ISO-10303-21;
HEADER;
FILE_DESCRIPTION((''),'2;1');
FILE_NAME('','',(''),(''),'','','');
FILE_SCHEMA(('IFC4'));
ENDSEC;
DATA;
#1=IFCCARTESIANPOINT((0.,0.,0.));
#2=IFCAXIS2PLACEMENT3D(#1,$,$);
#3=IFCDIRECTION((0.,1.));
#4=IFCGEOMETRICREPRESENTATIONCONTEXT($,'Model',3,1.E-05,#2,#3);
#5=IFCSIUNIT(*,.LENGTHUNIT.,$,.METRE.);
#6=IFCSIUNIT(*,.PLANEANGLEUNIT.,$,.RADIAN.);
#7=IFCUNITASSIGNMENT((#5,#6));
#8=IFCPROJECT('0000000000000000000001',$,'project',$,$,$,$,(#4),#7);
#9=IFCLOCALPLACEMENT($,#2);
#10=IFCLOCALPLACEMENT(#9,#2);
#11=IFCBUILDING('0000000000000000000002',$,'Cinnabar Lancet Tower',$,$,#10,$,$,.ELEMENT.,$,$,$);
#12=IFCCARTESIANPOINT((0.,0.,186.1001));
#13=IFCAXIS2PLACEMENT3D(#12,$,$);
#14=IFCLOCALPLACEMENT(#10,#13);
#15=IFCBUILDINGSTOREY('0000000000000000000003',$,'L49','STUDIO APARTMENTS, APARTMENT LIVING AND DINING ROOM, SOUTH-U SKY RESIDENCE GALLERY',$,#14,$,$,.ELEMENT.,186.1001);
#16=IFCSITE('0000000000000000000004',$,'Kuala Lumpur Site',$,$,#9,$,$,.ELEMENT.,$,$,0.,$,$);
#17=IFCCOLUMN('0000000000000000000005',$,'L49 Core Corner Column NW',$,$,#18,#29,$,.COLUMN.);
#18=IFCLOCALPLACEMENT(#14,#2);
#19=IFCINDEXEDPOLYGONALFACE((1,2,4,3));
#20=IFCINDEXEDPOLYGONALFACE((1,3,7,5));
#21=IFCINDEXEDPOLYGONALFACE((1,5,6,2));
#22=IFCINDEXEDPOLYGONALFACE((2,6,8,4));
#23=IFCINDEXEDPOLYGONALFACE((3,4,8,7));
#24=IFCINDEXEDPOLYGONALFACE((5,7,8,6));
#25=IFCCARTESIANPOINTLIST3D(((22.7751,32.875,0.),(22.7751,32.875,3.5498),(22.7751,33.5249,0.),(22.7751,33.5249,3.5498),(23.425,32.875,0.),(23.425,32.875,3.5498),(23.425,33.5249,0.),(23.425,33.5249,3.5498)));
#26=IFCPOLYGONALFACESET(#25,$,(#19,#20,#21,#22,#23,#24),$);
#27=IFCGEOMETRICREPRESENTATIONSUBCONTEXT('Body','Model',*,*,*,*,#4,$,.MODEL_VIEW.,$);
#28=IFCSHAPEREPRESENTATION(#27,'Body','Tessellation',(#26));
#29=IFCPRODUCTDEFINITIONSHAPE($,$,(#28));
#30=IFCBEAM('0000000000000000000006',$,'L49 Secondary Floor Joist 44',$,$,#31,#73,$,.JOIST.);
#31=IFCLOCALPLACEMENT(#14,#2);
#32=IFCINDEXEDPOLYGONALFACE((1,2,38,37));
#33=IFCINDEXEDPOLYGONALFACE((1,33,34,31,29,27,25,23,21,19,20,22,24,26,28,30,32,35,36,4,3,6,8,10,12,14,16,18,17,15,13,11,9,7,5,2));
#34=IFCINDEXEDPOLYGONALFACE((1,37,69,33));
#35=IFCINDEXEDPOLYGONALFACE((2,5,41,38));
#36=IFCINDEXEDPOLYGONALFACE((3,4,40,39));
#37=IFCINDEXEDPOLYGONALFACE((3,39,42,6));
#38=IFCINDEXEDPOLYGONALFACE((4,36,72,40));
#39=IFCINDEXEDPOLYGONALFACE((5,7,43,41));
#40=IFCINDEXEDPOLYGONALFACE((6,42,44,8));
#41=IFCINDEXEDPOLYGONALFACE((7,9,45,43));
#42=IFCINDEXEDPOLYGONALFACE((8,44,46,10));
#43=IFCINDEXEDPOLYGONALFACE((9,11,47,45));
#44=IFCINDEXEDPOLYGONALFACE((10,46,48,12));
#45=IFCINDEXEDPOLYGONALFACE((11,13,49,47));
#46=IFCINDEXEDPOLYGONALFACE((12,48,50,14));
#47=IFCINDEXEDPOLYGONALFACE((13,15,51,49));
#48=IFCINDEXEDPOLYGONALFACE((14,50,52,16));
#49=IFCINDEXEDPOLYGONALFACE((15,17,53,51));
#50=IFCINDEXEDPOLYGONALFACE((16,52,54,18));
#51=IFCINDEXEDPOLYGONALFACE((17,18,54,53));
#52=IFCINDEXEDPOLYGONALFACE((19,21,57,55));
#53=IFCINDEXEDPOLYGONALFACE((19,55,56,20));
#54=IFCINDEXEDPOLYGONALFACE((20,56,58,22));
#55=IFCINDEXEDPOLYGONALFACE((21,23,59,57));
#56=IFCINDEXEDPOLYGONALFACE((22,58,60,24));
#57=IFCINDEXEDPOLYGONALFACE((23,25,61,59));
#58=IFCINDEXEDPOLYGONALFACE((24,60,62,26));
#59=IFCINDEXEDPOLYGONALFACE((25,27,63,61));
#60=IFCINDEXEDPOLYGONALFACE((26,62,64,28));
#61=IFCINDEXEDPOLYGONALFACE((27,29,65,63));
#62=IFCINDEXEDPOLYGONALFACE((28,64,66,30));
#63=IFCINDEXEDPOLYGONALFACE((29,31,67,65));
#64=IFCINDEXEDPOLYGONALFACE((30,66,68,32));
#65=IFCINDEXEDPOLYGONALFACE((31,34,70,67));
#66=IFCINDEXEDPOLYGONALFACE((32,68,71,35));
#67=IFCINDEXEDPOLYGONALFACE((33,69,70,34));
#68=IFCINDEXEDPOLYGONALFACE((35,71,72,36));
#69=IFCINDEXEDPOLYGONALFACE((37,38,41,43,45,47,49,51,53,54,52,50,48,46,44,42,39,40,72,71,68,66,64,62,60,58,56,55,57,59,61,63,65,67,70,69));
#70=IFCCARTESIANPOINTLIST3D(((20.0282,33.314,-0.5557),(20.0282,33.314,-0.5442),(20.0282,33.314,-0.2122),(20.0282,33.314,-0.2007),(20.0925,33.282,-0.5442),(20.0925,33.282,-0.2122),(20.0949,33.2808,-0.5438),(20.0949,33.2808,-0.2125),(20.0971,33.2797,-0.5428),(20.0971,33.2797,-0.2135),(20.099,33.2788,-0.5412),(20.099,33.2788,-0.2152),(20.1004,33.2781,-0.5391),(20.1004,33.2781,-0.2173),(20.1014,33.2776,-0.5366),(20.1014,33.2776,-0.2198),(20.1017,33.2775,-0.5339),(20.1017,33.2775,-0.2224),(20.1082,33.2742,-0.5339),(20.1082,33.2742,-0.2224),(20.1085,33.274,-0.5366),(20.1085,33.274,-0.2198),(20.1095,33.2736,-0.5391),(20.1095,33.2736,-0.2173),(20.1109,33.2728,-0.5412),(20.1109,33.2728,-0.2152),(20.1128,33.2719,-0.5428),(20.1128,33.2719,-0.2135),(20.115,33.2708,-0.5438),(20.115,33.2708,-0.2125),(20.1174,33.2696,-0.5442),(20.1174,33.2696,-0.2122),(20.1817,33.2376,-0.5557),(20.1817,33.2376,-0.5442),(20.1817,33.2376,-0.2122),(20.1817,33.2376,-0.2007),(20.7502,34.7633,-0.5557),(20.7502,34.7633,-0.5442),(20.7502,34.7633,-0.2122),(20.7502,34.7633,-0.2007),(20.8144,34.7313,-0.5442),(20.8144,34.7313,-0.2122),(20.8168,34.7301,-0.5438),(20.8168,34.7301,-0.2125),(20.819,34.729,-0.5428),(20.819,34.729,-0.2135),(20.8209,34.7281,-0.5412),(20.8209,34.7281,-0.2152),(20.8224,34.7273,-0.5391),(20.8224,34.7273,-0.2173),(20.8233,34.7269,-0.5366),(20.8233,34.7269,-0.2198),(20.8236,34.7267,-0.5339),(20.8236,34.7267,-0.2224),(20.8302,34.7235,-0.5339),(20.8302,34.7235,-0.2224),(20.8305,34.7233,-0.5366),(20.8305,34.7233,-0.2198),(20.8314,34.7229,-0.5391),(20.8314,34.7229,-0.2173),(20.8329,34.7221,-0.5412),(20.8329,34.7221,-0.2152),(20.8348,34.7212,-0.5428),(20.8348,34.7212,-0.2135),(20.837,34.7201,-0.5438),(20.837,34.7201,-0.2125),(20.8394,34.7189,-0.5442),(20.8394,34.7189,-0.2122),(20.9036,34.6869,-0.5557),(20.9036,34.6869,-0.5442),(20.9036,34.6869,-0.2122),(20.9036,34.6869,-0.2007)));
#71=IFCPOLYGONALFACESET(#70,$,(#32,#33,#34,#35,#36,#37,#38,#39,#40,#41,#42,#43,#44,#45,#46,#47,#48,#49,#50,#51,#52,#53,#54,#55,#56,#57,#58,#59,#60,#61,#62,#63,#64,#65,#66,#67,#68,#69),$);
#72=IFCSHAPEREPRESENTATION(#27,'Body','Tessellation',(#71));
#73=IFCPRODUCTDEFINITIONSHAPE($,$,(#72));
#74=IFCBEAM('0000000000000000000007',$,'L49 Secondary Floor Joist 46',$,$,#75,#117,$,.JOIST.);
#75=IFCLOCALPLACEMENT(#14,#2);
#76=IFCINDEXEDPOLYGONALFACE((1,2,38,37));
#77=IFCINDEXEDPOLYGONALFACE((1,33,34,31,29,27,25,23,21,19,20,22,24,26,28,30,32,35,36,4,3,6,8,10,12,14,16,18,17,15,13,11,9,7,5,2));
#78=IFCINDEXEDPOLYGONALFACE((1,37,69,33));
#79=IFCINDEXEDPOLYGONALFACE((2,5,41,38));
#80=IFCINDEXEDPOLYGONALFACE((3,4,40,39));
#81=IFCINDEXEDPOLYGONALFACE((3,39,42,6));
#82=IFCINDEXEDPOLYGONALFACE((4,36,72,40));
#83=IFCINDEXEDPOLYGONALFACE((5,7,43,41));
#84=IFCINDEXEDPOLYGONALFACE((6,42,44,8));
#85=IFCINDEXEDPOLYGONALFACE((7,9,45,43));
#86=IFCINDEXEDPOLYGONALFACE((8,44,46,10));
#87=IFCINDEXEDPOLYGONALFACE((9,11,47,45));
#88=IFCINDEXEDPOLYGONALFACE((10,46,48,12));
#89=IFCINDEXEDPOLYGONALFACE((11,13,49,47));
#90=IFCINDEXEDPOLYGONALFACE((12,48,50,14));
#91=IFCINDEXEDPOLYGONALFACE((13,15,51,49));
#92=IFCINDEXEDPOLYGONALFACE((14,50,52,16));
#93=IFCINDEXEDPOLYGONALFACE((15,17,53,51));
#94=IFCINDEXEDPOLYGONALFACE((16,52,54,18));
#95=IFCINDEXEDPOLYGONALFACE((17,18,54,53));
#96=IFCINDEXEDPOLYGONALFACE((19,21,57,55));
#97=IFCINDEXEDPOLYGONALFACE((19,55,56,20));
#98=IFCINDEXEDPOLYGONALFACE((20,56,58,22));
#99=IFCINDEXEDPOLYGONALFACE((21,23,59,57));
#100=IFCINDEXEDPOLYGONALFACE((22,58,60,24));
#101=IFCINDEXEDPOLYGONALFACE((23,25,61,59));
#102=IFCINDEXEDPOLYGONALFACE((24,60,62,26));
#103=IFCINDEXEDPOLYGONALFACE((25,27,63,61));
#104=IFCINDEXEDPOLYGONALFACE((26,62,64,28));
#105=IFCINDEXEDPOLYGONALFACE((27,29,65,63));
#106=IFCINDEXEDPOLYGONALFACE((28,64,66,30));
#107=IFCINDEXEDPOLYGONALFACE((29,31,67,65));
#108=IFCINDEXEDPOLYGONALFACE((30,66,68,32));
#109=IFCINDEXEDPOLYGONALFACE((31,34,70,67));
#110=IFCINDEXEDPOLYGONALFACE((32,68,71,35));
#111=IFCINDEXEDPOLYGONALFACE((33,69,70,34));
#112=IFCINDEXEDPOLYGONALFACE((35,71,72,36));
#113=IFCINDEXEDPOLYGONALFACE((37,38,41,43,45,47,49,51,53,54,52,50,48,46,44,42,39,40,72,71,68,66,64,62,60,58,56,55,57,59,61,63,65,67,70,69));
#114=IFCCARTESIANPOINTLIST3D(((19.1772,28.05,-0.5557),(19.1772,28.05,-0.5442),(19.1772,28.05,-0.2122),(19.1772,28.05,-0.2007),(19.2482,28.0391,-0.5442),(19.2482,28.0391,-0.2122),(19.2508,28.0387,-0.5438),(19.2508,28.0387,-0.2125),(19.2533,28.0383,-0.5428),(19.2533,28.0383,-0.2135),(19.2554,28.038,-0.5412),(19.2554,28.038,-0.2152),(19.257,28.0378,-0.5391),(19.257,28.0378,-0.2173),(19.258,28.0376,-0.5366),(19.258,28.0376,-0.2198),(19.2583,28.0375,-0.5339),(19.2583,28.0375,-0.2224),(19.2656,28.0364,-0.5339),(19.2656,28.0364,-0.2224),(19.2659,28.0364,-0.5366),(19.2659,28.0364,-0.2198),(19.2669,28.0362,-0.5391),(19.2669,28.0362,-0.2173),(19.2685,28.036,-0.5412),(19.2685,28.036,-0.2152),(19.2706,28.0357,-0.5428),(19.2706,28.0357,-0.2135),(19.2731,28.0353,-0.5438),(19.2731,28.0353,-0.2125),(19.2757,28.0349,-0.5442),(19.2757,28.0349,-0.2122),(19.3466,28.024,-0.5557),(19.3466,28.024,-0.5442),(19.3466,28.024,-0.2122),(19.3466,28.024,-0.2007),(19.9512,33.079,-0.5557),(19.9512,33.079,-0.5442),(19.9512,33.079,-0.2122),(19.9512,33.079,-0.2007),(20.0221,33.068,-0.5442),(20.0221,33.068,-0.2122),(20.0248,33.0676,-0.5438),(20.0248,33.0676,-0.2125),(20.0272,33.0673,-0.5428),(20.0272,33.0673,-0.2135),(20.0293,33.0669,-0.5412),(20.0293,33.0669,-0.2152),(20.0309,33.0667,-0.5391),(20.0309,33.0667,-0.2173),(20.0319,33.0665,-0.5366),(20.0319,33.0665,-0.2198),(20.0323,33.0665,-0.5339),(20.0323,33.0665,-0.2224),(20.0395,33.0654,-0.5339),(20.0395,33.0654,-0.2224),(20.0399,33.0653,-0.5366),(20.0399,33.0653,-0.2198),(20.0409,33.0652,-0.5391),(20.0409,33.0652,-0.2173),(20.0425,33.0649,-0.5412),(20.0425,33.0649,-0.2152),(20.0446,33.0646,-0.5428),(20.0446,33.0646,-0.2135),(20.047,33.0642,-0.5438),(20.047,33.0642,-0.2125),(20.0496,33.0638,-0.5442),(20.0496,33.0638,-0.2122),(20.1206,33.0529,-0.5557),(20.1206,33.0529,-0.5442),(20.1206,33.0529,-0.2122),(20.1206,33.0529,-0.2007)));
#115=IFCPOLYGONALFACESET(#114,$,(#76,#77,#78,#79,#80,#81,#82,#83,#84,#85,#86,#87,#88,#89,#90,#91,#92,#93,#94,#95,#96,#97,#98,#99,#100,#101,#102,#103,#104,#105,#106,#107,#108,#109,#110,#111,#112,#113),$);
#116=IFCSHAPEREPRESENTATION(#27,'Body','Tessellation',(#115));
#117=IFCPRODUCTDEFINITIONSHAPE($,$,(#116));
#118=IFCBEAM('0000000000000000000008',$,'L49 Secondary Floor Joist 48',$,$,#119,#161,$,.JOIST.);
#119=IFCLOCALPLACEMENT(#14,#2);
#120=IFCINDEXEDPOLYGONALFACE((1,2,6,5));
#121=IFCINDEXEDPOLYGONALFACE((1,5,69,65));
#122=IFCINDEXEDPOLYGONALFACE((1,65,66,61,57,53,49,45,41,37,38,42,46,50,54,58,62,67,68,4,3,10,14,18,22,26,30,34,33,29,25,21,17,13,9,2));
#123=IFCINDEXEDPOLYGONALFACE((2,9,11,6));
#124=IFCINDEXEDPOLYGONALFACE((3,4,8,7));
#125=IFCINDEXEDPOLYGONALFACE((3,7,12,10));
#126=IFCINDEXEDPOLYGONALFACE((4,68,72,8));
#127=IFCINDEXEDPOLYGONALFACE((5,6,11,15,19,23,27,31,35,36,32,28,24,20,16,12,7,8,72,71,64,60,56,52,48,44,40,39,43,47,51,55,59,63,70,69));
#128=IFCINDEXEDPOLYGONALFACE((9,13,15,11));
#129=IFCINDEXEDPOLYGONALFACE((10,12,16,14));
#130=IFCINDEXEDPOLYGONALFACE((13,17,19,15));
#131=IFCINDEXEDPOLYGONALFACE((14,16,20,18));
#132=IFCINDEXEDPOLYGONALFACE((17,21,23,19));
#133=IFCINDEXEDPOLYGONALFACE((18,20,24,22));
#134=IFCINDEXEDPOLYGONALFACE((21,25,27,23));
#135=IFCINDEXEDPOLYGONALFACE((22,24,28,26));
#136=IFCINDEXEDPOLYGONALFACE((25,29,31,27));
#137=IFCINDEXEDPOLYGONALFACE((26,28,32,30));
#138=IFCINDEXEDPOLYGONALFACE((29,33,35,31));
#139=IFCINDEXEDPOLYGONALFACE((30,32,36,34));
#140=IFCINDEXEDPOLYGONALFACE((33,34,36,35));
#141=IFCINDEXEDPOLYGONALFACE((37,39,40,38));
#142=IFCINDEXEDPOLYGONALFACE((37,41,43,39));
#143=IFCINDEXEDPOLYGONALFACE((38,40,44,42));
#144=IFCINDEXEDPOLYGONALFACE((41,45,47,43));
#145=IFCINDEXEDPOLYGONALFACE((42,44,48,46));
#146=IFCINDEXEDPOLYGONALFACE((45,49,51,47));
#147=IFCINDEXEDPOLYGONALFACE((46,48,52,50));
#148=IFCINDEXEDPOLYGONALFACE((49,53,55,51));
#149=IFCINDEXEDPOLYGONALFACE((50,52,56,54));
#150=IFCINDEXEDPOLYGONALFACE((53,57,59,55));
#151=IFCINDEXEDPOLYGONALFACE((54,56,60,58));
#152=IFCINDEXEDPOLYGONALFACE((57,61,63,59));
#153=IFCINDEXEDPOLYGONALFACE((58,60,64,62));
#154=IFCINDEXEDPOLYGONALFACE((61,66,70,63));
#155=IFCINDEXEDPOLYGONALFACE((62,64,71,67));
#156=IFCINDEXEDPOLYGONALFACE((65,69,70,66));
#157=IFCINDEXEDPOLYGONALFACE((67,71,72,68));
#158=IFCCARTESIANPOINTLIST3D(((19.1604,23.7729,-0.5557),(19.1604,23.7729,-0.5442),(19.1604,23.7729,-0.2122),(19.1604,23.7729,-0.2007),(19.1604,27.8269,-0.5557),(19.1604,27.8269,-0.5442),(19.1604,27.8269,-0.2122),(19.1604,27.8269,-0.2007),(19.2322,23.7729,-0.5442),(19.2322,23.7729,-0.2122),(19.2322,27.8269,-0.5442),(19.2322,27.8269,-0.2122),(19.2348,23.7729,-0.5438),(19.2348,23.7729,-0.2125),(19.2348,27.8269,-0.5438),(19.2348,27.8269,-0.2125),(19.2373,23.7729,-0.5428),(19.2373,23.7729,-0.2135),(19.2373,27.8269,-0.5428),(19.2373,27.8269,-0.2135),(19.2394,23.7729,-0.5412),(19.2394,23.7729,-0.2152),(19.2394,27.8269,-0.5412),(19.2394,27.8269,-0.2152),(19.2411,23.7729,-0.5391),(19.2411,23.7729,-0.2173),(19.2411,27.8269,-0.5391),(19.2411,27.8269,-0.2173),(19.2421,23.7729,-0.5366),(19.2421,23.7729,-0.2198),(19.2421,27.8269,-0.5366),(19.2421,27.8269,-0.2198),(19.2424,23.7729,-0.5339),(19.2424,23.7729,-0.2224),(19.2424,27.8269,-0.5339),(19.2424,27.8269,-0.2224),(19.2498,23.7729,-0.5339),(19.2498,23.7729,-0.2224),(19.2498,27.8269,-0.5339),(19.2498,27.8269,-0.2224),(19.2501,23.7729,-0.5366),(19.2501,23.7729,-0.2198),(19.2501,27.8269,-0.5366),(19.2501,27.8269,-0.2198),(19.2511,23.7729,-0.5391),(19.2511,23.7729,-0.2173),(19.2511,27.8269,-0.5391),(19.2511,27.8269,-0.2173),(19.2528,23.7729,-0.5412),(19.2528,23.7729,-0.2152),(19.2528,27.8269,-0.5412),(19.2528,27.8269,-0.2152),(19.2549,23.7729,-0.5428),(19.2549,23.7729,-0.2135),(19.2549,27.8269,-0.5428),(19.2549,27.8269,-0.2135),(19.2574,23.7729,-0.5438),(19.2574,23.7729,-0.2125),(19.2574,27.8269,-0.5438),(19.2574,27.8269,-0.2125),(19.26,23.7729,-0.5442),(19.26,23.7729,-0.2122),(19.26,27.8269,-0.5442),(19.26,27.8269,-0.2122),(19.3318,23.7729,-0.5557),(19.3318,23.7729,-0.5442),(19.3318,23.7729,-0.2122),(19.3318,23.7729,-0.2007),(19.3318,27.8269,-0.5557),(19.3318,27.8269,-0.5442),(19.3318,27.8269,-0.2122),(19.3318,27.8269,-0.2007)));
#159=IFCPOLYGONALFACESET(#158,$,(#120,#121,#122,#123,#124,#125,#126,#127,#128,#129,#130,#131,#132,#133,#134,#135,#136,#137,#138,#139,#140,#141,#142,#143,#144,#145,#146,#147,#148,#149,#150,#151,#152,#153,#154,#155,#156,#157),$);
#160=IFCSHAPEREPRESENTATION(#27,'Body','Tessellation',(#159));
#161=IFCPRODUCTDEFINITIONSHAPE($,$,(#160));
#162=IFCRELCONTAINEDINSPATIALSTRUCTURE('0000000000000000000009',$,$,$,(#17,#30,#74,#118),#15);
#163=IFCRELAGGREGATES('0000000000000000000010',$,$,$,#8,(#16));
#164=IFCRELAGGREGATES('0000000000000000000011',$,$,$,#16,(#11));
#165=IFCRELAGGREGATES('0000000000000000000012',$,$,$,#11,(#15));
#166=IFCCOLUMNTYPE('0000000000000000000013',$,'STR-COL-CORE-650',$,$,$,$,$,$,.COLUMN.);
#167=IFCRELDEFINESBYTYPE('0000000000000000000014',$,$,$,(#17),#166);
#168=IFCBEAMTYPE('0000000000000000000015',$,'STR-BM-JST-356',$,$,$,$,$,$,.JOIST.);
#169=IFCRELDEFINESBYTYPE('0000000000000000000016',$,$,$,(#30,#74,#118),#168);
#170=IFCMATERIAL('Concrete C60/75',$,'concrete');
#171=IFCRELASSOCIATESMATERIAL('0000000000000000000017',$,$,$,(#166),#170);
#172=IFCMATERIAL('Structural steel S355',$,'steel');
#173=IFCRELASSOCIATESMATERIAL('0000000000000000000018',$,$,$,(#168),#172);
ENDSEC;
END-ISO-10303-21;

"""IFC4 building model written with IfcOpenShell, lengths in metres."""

from ifc_helpers import new_model, si_unit, direction, frame, origin, origin_2d, place, context, subcontext, project, spatial, rectangle, i_section, extrude, material, material_profile, profile_set, type_object, element, save


model = new_model("IFC4")

# Units and contexts
model_context = context("Model", 3, precision=1e-05, world=origin(), true_north=direction((0.0, 1.0)))
body_context = subcontext(model_context, "Body", "Model", "MODEL_VIEW")
ifc_project = project(units=[si_unit("LENGTHUNIT", "METRE"), si_unit("PLANEANGLEUNIT", "RADIAN")], contexts=[model_context])

# Site, building, storey
site_placement = place(None, origin())
site = spatial("IfcSite", under=ifc_project, at=site_placement, Name="Kuala Lumpur Site", CompositionType="ELEMENT", RefElevation=0.0)
building_placement = place(site_placement, origin())
building = spatial("IfcBuilding", under=site, at=building_placement, Name="Cinnabar Lancet Tower", CompositionType="ELEMENT")
storey_placement = place(building_placement, frame((0.0, 0.0, 186.1001)))
storey = spatial("IfcBuildingStorey", under=building, at=storey_placement, Name="L49", Description="STUDIO APARTMENTS, APARTMENT LIVING AND DINING ROOM, SOUTH-U SKY RESIDENCE GALLERY", CompositionType="ELEMENT", Elevation=186.1001)

# Column
ifc_material_1 = material(Name="Concrete C60/75", Category="concrete")
ifc_material_profile_1 = material_profile(ifc_material_1, rectangle(XDim=0.6499, YDim=0.6499, at=origin_2d()), Name="RC-COL 650x650")
ifc_profile_set_1 = profile_set([ifc_material_profile_1], Name="Concrete C60/75")
column_type = type_object("IfcColumnType", Name="STR-COL-CORE-650", PredefinedType="COLUMN", material=ifc_profile_set_1)
column_placement = place(storey_placement, frame((23.1001, 33.2, 0.0), z_axis=(0.0, 0.0, 1.0), x_axis=(1.0, 0.0, 0.0)))
element("IfcColumn", 1, at=column_placement, inside=storey, type_object=column_type, Name="L49 Core Corner Column NW", PredefinedType="COLUMN", context=body_context, shape_type="SweptSolid", body=[
    extrude(rectangle(XDim=0.6499, YDim=0.6499, at=origin_2d()), origin(), (0.0, 0.0, 1.0), 3.5498),
])

# Beams
ifc_material_2 = material(Name="Structural steel S355", Category="steel")
ifc_material_profile_2 = material_profile(ifc_material_2, i_section(OverallWidth=0.1714, OverallDepth=0.355, WebThickness=0.0073, FlangeThickness=0.0115, FilletRadius=0.0103, at=origin_2d()), Name="UKB 356x171x51")
ifc_profile_set_2 = profile_set([ifc_material_profile_2], Name="Structural steel S355")
beam_type_1 = type_object("IfcBeamType", Name="STR-BM-JST-356", PredefinedType="JOIST", material=ifc_profile_set_2)
beam_1_placement = place(storey_placement, frame((20.8269, 34.7251, -0.3782), z_axis=(-0.445886, -0.89509, 0.0), x_axis=(0.89509, -0.445886, 0.0)))
element("IfcBeam", 2, at=beam_1_placement, inside=storey, type_object=beam_type_1, Name="L49 Secondary Floor Joist 44", PredefinedType="JOIST", context=body_context, shape_type="SweptSolid", body=[
    extrude(i_section(OverallWidth=0.1714, OverallDepth=0.355, WebThickness=0.0073, FlangeThickness=0.0115, FilletRadius=0.0103, at=origin_2d()), origin(), (0.0, 0.0, 1.0), 1.6191),
])
beam_2_placement = place(storey_placement, frame((20.0359, 33.0659, -0.3782), z_axis=(-0.152108, -0.988364, 0.0), x_axis=(0.988364, -0.152108, 0.0)))
element("IfcBeam", 3, at=beam_2_placement, inside=storey, type_object=beam_type_1, Name="L49 Secondary Floor Joist 46", PredefinedType="JOIST", context=body_context, shape_type="SweptSolid", body=[
    extrude(i_section(OverallWidth=0.1714, OverallDepth=0.355, WebThickness=0.0073, FlangeThickness=0.0115, FilletRadius=0.0103, at=origin_2d()), origin(), (0.0, 0.0, 1.0), 5.0881),
])
beam_3_placement = place(storey_placement, frame((19.2461, 27.8269, -0.3782), z_axis=(0.0, -1.0, 0.0), x_axis=(1.0, 0.0, 0.0)))
element("IfcBeam", 4, at=beam_3_placement, inside=storey, type_object=beam_type_1, Name="L49 Secondary Floor Joist 48", PredefinedType="JOIST", context=body_context, shape_type="SweptSolid", body=[
    extrude(i_section(OverallWidth=0.1714, OverallDepth=0.355, WebThickness=0.0073, FlangeThickness=0.0115, FilletRadius=0.0103, at=origin_2d()), origin(), (0.0, 0.0, 1.0), 4.054),
])

save(model, "model.ifc")
